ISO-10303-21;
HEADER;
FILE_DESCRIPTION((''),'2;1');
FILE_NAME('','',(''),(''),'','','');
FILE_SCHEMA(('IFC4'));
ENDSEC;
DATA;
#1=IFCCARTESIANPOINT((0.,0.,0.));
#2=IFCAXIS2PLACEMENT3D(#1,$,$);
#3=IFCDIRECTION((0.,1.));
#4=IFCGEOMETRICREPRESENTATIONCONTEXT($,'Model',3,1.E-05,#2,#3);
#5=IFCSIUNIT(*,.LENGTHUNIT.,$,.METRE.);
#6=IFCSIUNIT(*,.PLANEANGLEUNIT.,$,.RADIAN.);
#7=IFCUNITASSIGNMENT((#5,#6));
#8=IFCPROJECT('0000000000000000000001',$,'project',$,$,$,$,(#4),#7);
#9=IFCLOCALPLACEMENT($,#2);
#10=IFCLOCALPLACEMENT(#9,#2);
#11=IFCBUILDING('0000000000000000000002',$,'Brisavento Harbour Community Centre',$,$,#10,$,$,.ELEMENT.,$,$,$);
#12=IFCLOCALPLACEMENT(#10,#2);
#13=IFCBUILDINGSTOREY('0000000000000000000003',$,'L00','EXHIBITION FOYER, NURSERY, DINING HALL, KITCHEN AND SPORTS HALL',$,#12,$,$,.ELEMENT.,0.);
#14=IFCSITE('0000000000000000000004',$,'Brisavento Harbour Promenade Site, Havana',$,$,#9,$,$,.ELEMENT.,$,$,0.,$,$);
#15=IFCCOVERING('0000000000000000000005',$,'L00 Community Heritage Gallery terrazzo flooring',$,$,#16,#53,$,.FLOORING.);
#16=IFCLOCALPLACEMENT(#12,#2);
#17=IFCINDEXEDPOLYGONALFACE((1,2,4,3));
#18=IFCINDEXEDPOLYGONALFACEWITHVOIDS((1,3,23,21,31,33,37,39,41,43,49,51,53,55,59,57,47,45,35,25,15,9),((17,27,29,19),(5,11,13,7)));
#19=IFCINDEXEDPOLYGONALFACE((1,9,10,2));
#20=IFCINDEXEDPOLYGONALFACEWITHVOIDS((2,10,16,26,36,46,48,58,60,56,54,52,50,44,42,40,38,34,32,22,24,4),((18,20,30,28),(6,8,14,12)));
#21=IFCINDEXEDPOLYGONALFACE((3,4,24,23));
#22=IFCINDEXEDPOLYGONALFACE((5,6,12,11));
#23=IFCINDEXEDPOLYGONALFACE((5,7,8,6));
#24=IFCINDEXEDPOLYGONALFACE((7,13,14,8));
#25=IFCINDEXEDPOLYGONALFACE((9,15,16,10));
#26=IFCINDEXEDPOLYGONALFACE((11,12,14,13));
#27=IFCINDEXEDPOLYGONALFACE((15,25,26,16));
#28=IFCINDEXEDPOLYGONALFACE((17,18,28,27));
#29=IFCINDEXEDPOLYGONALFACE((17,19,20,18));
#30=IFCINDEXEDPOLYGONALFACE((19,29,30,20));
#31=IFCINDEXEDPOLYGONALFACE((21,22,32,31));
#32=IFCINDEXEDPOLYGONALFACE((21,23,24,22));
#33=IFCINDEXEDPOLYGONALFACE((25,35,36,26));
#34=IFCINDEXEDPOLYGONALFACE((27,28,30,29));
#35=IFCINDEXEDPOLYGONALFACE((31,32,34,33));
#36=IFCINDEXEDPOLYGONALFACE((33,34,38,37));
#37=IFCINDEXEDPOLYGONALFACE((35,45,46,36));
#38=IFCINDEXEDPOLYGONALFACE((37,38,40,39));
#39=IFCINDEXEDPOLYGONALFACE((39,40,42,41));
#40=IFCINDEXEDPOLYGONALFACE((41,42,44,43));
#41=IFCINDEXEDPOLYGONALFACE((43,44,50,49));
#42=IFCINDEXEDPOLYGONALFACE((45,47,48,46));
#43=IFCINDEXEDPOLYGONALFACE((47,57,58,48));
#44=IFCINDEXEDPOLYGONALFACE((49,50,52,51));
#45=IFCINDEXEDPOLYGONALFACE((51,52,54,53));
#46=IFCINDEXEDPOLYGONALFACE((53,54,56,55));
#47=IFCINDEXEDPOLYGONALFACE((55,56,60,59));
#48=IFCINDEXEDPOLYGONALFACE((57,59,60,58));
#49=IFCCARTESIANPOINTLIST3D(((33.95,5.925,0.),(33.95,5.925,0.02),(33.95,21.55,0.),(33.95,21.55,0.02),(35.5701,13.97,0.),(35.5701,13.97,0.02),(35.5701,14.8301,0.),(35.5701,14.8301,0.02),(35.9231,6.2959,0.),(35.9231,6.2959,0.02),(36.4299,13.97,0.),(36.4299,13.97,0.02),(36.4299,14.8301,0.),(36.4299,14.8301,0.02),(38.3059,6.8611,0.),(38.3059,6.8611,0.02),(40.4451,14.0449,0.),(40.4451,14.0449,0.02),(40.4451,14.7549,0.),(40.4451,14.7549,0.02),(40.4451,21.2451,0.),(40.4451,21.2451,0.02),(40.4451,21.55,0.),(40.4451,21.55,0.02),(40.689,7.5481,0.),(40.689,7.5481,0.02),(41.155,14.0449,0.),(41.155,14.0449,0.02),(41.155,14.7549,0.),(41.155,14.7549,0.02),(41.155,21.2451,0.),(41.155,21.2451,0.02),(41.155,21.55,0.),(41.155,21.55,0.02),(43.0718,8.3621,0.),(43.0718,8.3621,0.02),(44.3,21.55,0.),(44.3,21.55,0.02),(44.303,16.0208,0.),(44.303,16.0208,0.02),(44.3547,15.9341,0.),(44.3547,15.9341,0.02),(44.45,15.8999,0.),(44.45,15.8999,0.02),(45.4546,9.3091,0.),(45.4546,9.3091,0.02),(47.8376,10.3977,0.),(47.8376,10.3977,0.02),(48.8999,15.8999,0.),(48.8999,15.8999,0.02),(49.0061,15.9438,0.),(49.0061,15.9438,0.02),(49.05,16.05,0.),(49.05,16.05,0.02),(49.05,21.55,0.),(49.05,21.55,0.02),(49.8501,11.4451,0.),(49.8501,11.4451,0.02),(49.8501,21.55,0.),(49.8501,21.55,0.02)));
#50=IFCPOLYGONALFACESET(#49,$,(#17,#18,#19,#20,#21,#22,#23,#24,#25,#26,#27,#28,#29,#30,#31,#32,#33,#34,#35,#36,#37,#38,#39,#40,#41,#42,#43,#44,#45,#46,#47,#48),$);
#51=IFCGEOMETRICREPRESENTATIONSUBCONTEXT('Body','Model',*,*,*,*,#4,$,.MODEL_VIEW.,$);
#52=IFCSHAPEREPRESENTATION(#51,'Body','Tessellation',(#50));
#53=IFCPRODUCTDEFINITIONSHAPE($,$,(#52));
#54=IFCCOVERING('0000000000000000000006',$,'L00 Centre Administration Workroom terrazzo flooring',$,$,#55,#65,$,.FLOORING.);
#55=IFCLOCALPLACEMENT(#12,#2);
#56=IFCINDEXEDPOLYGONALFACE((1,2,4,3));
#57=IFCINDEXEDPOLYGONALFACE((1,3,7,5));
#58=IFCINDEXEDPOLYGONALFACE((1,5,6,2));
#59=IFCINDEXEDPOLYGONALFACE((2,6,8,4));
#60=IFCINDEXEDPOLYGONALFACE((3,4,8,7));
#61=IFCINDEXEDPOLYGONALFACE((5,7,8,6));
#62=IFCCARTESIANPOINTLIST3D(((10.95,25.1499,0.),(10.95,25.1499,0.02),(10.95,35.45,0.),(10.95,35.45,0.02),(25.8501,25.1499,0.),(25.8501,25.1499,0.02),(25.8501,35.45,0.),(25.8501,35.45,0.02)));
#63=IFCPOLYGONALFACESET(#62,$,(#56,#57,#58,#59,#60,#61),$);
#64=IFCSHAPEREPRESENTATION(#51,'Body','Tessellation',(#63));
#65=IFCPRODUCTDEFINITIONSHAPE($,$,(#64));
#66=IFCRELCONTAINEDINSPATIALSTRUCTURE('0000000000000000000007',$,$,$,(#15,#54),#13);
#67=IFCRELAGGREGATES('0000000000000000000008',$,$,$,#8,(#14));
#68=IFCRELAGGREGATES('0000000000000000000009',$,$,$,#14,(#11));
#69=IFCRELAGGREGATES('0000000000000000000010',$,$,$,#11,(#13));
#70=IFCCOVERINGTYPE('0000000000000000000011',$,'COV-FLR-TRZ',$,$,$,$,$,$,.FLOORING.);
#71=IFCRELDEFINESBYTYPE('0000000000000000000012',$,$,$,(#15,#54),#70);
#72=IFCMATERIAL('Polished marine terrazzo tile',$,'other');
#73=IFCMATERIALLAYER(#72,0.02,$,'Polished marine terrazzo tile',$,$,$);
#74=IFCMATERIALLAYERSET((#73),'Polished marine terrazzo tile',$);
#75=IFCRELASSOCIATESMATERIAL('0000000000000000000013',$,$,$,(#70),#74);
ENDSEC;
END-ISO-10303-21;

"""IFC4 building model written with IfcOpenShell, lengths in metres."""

from ifc_helpers import new_model, si_unit, direction, origin, place, context, subcontext, project, spatial, polyline, outline, extrude, material, layer, layer_set, type_object, element, save


model = new_model("IFC4")

# Units and contexts
model_context = context("Model", 3, precision=1e-05, world=origin(), true_north=direction((0.0, 1.0)))
body_context = subcontext(model_context, "Body", "Model", "MODEL_VIEW")
ifc_project = project(units=[si_unit("LENGTHUNIT", "METRE"), si_unit("PLANEANGLEUNIT", "RADIAN")], contexts=[model_context])

# Site, building, storey
site_placement = place(None, origin())
site = spatial("IfcSite", under=ifc_project, at=site_placement, Name="Brisavento Harbour Promenade Site, Havana", CompositionType="ELEMENT", RefElevation=0.0)
building_placement = place(site_placement, origin())
building = spatial("IfcBuilding", under=site, at=building_placement, Name="Brisavento Harbour Community Centre", CompositionType="ELEMENT")
storey_placement = place(building_placement, origin())
storey = spatial("IfcBuildingStorey", under=building, at=storey_placement, Name="L00", Description="EXHIBITION FOYER, NURSERY, DINING HALL, KITCHEN AND SPORTS HALL", CompositionType="ELEMENT", Elevation=0.0)

# Coverings
ifc_material_1 = material(Name="Polished marine terrazzo tile", Category="other")
ifc_layer_1 = layer(ifc_material_1, 0.02, Name="Polished marine terrazzo tile")
ifc_layer_set_1 = layer_set([ifc_layer_1], Name="Polished marine terrazzo tile")
covering_type = type_object("IfcCoveringType", Name="COV-FLR-TRZ", PredefinedType="FLOORING", material=ifc_layer_set_1)
covering_1_placement = place(storey_placement, origin())
element("IfcCovering", 1, at=covering_1_placement, inside=storey, type_object=covering_type, Name="L00 Community Heritage Gallery terrazzo flooring", PredefinedType="FLOORING", context=body_context, shape_type="SweptSolid", body=[
    extrude(outline(polyline([(44.3, 21.55), (41.155, 21.55), (41.155, 21.2451), (40.4451, 21.2451), (40.4451, 21.55), (33.95, 21.55), (33.95, 5.925), (35.9231, 6.2959), (38.3059, 6.8611), (40.689, 7.5481), (43.0718, 8.3621), (45.4546, 9.3091), (47.8376, 10.3977), (49.8501, 11.4451), (49.8501, 21.55), (49.05, 21.55), (49.05, 16.05), (49.0061, 15.9438), (48.8999, 15.8999), (44.45, 15.8999), (44.3547, 15.9341), (44.303, 16.0208), (44.3, 21.55)]), holes=[polyline([(40.4451, 14.0449), (40.4451, 14.7549), (41.155, 14.7549), (41.155, 14.0449), (40.4451, 14.0449)]), polyline([(36.4299, 14.8301), (36.4299, 13.97), (35.5701, 13.97), (35.5701, 14.8301), (36.4299, 14.8301)])]), origin(), (0.0, 0.0, 1.0), 0.02),
])
covering_2_placement = place(storey_placement, origin())
element("IfcCovering", 2, at=covering_2_placement, inside=storey, type_object=covering_type, Name="L00 Centre Administration Workroom terrazzo flooring", PredefinedType="FLOORING", context=body_context, shape_type="SweptSolid", body=[
    extrude(outline(polyline([(10.95, 25.1499), (25.8501, 25.1499), (25.8501, 35.45), (10.95, 35.45), (10.95, 25.1499)])), origin(), (0.0, 0.0, 1.0), 0.02),
])

save(model, "model.ifc")
